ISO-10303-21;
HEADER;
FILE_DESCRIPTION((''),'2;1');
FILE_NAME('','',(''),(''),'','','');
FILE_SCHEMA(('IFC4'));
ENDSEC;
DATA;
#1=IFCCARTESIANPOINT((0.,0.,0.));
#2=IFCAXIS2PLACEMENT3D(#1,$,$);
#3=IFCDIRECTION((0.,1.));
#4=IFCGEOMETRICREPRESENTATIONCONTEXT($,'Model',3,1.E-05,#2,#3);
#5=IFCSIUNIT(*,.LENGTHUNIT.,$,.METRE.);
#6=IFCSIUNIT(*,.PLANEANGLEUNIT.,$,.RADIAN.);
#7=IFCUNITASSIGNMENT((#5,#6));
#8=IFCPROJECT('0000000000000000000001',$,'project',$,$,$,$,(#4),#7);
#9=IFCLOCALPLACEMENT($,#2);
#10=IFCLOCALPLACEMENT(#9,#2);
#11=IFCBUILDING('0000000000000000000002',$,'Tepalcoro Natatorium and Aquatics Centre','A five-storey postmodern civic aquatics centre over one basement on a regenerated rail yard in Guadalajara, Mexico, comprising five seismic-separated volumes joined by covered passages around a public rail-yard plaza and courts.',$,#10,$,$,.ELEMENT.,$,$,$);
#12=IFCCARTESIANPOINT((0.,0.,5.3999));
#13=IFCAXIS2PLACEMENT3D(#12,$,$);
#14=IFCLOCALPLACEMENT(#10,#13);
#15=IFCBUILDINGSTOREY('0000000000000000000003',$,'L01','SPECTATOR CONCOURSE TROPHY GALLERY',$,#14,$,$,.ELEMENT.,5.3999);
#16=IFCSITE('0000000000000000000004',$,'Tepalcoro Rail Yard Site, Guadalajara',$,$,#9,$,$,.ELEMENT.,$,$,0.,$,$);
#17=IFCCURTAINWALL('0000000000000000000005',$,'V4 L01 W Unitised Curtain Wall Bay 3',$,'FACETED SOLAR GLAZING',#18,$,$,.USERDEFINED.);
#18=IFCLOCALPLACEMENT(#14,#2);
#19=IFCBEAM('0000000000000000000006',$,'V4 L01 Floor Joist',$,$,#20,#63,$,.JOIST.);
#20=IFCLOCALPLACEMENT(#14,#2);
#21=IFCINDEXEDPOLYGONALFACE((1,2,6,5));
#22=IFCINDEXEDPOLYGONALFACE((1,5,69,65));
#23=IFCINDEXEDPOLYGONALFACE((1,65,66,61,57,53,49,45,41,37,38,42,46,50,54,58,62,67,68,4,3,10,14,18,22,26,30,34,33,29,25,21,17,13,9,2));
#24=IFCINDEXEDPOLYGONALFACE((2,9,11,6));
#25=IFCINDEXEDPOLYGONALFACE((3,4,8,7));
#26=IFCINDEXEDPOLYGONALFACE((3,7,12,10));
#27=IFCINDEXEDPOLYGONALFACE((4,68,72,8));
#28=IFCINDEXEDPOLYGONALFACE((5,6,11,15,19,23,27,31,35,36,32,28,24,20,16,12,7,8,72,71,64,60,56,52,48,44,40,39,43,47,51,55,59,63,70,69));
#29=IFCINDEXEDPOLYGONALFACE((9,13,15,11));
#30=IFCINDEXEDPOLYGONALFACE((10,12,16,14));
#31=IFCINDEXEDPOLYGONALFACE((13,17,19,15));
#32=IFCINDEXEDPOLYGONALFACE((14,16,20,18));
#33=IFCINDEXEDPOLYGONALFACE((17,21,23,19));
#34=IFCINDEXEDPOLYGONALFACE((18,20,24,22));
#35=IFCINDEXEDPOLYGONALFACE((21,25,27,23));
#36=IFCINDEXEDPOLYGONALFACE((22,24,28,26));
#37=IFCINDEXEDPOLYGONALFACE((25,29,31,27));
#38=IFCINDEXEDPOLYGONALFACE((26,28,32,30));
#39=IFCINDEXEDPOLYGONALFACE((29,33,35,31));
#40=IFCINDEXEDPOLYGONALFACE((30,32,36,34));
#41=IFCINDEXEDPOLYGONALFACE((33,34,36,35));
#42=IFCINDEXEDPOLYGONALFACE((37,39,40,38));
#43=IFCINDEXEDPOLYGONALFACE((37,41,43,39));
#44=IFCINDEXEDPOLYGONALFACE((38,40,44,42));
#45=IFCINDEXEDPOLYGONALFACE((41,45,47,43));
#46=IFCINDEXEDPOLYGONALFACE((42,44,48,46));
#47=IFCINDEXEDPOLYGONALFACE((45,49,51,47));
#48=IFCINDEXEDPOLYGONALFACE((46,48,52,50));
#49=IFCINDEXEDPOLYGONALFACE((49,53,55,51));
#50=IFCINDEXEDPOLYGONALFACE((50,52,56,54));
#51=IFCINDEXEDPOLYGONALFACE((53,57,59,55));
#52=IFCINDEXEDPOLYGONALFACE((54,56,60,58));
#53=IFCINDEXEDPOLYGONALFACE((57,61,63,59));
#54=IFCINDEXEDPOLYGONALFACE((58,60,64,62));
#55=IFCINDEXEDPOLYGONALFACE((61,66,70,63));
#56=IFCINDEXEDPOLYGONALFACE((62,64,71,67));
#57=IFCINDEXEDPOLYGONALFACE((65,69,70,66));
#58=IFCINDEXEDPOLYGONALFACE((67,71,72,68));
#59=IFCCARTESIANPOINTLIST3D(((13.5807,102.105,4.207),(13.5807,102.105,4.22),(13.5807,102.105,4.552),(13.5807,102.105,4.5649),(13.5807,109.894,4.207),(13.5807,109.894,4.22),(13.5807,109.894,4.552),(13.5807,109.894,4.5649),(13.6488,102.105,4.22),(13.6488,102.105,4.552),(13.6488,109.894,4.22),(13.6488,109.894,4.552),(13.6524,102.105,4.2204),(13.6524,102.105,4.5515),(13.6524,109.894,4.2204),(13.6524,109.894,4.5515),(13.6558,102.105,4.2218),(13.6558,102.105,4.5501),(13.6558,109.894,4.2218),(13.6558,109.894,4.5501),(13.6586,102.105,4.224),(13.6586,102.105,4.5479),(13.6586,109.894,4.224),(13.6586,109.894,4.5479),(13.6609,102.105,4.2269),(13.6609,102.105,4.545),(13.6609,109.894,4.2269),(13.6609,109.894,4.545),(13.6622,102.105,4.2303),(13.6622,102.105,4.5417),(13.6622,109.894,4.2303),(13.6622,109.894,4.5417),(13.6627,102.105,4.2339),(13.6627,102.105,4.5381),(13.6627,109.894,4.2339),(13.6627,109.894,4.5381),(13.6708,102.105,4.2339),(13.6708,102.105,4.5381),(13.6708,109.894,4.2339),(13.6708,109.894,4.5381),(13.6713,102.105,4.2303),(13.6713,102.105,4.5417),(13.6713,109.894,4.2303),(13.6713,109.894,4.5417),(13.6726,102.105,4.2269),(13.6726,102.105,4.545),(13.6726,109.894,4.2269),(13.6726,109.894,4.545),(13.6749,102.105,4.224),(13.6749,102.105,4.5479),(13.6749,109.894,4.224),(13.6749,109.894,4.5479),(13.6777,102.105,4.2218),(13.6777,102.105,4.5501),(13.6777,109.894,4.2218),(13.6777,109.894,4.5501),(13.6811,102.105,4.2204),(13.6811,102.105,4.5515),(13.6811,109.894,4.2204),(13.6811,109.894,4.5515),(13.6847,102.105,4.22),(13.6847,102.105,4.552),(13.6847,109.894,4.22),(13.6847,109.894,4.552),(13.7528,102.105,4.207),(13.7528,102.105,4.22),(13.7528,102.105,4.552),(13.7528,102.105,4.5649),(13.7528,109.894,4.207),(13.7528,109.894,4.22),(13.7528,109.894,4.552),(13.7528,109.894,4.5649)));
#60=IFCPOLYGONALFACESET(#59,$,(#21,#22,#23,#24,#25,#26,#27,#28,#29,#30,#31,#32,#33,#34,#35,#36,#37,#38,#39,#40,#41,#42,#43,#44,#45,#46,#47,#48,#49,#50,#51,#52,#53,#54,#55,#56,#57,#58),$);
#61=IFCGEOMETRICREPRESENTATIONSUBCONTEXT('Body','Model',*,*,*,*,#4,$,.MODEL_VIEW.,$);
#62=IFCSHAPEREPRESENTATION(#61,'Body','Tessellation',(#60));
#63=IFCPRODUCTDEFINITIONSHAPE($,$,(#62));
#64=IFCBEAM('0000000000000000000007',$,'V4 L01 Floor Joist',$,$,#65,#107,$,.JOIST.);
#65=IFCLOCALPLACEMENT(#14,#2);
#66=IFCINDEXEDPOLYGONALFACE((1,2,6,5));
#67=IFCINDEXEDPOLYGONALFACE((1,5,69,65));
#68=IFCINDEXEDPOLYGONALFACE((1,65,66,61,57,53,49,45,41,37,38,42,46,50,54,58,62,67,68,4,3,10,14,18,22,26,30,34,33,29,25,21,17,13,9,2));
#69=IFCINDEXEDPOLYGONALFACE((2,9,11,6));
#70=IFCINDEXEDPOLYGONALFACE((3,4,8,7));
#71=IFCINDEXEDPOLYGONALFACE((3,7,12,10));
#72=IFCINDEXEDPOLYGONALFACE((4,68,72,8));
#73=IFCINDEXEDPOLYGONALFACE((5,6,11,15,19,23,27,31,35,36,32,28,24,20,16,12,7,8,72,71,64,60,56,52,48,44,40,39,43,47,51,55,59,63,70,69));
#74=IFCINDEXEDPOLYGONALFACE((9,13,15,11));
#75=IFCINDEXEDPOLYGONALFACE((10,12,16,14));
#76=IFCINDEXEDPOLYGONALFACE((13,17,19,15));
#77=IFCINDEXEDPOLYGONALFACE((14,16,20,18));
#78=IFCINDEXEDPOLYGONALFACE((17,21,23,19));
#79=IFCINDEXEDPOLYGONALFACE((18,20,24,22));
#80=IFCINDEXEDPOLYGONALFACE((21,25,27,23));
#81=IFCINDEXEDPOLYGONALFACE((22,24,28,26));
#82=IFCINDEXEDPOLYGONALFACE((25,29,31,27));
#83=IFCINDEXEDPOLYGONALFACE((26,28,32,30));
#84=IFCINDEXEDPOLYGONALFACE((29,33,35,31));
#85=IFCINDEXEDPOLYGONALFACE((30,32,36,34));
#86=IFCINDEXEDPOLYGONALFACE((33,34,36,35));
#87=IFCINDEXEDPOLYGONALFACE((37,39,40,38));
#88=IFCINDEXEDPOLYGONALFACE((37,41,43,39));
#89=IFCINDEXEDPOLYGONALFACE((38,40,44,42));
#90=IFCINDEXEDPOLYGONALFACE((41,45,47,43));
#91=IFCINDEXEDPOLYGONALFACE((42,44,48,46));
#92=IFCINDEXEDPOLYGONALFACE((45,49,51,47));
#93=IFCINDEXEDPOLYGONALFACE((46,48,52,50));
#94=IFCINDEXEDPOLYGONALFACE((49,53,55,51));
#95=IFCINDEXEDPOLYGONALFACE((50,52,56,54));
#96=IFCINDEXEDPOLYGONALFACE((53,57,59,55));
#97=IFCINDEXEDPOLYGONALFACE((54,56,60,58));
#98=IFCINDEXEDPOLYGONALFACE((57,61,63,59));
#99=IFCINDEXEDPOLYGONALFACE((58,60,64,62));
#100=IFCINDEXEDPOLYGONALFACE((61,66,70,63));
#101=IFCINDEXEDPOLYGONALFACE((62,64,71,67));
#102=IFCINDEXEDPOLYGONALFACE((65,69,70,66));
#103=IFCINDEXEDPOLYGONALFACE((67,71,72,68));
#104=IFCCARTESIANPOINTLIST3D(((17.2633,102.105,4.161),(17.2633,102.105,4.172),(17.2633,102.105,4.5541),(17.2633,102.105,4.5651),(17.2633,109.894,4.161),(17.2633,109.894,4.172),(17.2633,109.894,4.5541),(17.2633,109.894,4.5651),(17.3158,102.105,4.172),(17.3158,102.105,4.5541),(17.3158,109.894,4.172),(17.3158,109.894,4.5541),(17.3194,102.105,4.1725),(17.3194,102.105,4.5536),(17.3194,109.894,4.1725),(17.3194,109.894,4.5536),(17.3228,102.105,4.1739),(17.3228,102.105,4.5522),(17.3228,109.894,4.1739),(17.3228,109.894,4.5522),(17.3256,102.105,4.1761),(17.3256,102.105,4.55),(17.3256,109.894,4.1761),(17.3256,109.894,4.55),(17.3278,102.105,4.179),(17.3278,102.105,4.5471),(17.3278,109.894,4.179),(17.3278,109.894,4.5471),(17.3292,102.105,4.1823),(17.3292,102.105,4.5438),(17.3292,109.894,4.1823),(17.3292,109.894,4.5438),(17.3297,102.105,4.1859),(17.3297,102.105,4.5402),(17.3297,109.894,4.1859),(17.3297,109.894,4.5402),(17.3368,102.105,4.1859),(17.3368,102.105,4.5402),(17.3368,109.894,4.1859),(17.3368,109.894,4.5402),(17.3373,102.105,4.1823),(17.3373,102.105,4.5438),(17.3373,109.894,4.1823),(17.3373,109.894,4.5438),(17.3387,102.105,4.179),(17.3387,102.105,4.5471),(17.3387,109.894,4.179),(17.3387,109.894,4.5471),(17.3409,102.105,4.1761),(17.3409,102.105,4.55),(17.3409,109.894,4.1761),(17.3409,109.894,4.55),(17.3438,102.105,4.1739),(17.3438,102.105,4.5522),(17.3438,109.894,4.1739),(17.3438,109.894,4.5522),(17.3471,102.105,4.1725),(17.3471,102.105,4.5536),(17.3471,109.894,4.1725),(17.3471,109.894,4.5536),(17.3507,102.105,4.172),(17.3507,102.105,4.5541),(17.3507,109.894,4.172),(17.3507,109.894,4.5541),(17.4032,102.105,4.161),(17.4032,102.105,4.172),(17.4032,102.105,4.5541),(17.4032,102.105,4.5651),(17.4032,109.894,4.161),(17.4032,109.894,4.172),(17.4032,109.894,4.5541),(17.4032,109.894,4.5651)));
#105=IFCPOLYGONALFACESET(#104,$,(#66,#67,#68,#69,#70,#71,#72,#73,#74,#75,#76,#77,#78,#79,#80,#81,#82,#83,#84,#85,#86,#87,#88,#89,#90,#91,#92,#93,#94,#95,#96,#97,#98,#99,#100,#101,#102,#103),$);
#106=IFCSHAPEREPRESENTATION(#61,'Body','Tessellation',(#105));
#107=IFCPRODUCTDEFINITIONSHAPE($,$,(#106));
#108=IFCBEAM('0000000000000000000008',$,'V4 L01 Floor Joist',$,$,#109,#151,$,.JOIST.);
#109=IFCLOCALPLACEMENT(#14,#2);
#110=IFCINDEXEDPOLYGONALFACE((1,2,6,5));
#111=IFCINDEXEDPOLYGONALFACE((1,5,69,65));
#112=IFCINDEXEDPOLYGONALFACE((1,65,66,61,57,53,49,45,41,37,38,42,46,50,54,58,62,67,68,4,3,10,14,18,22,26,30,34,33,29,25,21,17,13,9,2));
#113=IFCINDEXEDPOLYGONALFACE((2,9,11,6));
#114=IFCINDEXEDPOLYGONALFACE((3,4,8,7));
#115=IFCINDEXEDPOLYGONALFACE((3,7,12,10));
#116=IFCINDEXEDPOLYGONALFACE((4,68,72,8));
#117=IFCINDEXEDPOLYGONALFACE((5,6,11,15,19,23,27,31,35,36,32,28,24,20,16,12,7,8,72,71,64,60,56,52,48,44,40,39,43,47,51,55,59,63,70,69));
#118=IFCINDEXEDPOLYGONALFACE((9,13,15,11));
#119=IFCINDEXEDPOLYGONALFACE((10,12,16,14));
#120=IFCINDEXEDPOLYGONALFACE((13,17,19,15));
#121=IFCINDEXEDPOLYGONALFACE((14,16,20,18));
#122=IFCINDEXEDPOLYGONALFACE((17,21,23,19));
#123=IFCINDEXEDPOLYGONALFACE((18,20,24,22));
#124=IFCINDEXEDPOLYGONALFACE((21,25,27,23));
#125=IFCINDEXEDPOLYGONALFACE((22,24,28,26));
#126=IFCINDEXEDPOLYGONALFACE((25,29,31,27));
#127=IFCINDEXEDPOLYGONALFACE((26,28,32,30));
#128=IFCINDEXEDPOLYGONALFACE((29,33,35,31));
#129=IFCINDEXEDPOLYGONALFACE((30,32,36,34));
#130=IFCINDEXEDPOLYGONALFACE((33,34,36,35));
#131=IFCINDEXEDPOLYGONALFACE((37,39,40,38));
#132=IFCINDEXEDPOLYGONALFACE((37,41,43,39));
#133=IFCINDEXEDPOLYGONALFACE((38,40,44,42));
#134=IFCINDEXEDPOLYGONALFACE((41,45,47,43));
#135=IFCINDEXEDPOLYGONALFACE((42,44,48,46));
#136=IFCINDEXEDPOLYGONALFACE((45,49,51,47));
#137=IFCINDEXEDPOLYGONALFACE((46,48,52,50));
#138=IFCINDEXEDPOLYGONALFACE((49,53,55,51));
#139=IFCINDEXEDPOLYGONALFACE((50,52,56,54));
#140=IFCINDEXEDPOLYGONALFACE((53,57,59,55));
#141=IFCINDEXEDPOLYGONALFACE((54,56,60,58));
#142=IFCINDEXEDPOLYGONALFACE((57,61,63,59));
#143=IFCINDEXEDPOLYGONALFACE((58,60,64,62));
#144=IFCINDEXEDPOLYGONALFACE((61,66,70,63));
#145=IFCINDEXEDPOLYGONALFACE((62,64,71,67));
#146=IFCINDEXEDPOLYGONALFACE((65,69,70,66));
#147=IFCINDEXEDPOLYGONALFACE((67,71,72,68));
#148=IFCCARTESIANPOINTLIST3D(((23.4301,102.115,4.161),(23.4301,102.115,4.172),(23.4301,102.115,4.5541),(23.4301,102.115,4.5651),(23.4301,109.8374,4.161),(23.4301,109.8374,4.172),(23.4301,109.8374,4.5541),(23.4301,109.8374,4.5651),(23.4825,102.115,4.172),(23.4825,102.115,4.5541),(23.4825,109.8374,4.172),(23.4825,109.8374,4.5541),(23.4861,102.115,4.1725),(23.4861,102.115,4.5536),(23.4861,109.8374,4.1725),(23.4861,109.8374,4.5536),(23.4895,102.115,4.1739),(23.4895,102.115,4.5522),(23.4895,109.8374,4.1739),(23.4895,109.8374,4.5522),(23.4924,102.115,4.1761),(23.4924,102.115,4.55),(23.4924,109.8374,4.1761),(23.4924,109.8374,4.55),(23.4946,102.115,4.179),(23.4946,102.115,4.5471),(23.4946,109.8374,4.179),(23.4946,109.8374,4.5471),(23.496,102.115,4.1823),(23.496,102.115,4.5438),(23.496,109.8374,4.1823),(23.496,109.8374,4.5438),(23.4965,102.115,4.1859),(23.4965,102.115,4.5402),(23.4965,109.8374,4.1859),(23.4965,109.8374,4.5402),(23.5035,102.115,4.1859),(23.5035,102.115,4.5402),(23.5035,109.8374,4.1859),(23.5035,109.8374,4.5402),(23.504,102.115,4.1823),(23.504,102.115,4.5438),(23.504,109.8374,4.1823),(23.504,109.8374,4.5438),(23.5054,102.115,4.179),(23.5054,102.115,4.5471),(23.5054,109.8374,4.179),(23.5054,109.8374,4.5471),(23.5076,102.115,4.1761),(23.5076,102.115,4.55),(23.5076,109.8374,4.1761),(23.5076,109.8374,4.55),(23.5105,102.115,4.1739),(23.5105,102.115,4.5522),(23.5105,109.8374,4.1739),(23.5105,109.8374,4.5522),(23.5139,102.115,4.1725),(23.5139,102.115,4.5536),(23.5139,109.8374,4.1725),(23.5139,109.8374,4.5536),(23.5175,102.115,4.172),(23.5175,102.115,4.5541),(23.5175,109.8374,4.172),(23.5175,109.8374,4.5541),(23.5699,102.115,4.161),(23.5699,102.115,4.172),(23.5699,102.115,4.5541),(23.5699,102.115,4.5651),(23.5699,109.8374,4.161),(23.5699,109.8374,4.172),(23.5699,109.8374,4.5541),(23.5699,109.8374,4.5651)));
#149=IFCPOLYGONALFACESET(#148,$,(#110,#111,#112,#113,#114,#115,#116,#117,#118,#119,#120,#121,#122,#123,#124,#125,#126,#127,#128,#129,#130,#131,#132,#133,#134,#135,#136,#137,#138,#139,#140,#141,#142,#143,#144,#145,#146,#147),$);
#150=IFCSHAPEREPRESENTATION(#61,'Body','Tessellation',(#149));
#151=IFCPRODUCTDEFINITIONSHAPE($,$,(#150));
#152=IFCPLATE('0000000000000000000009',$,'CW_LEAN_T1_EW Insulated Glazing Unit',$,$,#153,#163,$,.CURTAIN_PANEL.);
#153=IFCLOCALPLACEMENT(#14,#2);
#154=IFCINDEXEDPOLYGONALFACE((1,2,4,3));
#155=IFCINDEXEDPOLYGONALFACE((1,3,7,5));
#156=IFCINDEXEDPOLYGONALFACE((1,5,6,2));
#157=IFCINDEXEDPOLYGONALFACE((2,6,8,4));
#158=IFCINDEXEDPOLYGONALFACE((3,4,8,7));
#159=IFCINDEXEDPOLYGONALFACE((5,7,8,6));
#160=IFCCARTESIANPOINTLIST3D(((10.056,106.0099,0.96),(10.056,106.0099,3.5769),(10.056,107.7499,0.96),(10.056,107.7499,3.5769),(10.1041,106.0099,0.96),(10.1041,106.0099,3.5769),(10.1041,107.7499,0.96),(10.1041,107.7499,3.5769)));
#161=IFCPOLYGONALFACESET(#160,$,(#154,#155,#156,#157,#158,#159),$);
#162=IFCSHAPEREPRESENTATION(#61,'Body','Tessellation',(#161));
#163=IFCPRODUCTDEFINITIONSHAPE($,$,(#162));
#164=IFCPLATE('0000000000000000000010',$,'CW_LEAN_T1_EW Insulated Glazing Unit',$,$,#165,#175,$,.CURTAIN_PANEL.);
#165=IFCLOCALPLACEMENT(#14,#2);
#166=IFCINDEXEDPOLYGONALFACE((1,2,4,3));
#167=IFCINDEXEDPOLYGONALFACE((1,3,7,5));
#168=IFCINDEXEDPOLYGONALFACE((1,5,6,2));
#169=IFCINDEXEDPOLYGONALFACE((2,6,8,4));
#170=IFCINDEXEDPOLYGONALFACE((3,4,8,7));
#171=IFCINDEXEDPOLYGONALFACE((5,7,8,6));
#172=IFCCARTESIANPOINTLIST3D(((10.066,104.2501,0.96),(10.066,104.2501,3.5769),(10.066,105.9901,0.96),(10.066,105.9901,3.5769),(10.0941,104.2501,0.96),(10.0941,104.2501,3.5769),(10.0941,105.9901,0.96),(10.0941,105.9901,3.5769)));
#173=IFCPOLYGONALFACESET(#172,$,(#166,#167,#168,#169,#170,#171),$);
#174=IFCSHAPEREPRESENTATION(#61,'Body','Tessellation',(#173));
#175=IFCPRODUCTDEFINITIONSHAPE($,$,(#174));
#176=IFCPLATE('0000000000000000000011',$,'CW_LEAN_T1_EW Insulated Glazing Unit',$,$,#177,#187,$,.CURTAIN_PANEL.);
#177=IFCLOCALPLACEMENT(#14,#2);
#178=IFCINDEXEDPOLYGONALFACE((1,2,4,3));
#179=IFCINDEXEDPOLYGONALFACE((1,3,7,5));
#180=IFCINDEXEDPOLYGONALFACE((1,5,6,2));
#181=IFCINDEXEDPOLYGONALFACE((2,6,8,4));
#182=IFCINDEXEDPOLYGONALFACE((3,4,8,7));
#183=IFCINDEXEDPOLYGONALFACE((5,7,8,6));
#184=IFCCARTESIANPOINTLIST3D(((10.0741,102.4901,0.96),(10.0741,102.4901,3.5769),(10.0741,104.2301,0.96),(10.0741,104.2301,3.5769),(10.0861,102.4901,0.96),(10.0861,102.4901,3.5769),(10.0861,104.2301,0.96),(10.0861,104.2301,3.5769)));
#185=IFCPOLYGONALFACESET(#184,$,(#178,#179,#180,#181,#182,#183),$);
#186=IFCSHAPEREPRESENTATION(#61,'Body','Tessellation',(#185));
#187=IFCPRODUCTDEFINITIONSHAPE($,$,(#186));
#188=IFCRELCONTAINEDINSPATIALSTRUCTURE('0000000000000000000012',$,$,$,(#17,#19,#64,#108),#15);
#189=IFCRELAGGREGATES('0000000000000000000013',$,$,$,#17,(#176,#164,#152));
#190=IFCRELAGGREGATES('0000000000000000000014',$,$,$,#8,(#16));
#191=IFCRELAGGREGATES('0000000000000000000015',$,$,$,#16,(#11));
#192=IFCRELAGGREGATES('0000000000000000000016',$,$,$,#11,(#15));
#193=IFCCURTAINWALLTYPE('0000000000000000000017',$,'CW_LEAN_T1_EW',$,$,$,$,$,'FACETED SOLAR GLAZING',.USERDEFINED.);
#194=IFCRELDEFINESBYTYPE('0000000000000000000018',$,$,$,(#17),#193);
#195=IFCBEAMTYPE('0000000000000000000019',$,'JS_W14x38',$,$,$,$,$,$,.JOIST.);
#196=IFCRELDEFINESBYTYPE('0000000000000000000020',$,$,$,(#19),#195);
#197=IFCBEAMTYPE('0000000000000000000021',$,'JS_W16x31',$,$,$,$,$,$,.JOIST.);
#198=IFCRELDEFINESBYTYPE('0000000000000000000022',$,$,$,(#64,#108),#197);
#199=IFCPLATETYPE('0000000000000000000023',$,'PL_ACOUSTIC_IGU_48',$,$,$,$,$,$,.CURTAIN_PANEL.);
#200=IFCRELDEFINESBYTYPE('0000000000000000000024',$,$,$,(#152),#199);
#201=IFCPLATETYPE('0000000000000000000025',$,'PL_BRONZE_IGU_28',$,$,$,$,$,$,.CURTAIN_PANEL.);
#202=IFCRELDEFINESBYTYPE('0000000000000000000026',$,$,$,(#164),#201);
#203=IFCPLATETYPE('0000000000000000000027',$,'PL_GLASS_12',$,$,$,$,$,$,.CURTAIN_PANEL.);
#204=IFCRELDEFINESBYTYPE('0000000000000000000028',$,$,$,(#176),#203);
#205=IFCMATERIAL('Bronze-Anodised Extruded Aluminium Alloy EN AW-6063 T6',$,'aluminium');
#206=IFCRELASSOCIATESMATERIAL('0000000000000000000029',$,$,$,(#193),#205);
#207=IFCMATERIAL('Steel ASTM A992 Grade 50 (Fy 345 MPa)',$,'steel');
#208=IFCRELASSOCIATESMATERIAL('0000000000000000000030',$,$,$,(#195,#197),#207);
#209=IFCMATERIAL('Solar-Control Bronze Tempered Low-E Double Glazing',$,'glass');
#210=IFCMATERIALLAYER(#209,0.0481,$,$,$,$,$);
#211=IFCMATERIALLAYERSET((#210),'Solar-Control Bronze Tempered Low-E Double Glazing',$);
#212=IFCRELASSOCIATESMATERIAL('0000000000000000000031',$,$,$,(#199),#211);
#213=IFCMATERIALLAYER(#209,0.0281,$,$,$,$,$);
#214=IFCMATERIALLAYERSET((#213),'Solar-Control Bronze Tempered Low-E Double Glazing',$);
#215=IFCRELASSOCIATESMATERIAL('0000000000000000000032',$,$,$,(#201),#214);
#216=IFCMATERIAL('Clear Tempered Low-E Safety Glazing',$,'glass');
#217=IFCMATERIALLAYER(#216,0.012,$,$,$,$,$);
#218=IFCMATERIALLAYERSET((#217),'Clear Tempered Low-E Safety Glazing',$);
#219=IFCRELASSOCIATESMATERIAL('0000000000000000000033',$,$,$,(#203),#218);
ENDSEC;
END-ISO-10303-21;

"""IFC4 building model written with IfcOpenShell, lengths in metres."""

from ifc_helpers import new_model, si_unit, direction, frame, origin, origin_2d, place, context, subcontext, project, spatial, rectangle, i_section, extrude, material, layer, layer_set, material_profile, profile_set, type_object, element, aggregate, save


model = new_model("IFC4")

# Units and contexts
model_context = context("Model", 3, precision=1e-05, world=origin(), true_north=direction((0.0, 1.0)))
body_context = subcontext(model_context, "Body", "Model", "MODEL_VIEW")
ifc_project = project(units=[si_unit("LENGTHUNIT", "METRE"), si_unit("PLANEANGLEUNIT", "RADIAN")], contexts=[model_context])

# Site, building, storey
site_placement = place(None, origin())
site = spatial("IfcSite", under=ifc_project, at=site_placement, Name="Tepalcoro Rail Yard Site, Guadalajara", CompositionType="ELEMENT", RefElevation=0.0)
building_placement = place(site_placement, origin())
building = spatial("IfcBuilding", under=site, at=building_placement, Name="Tepalcoro Natatorium and Aquatics Centre", Description="A five-storey postmodern civic aquatics centre over one basement on a regenerated rail yard in Guadalajara, Mexico, comprising five seismic-separated volumes joined by covered passages around a public rail-yard plaza and courts.", CompositionType="ELEMENT")
storey_placement = place(building_placement, frame((0.0, 0.0, 5.3999)))
storey = spatial("IfcBuildingStorey", under=building, at=storey_placement, Name="L01", Description="SPECTATOR CONCOURSE TROPHY GALLERY", CompositionType="ELEMENT", Elevation=5.3999)

# Shared definitions
ifc_material_1 = material(Name="Steel ASTM A992 Grade 50 (Fy 345 MPa)", Category="steel")

# Curtain wall
ifc_material_2 = material(Name="Bronze-Anodised Extruded Aluminium Alloy EN AW-6063 T6", Category="aluminium")
curtain_wall_type = type_object("IfcCurtainWallType", Name="CW_LEAN_T1_EW", ElementType="FACETED SOLAR GLAZING", PredefinedType="USERDEFINED", material=ifc_material_2)
curtain_wall_placement = place(storey_placement, origin())
curtain_wall = element("IfcCurtainWall", 1, at=curtain_wall_placement, inside=storey, type_object=curtain_wall_type, Name="V4 L01 W Unitised Curtain Wall Bay 3", ObjectType="FACETED SOLAR GLAZING", PredefinedType="USERDEFINED")

# Beams
ifc_material_profile_1 = material_profile(ifc_material_1, i_section(OverallWidth=0.1721, OverallDepth=0.3579, WebThickness=0.0081, FlangeThickness=0.0129, FilletRadius=0.0139, at=origin_2d()), Name="W14X38")
ifc_profile_set_1 = profile_set([ifc_material_profile_1], Name="Steel ASTM A992 Grade 50 (Fy 345 MPa)")
beam_type_1 = type_object("IfcBeamType", Name="JS_W14x38", PredefinedType="JOIST", material=ifc_profile_set_1)
beam_1_placement = place(storey_placement, frame((13.6667, 102.105, 4.386), z_axis=(0.0, 1.0, 0.0), x_axis=(-1.0, 0.0, 0.0)))
element("IfcBeam", 2, at=beam_1_placement, inside=storey, type_object=beam_type_1, Name="V4 L01 Floor Joist", PredefinedType="JOIST", context=body_context, shape_type="SweptSolid", body=[
    extrude(i_section(OverallWidth=0.1721, OverallDepth=0.3579, WebThickness=0.0081, FlangeThickness=0.0129, FilletRadius=0.0139, at=origin_2d()), origin(), (0.0, 0.0, 1.0), 7.7891),
])
ifc_material_profile_2 = material_profile(ifc_material_1, i_section(OverallWidth=0.1399, OverallDepth=0.4041, WebThickness=0.0071, FlangeThickness=0.011, FilletRadius=0.0139, at=origin_2d()), Name="W16X31")
ifc_profile_set_2 = profile_set([ifc_material_profile_2], Name="Steel ASTM A992 Grade 50 (Fy 345 MPa)")
beam_type_2 = type_object("IfcBeamType", Name="JS_W16x31", PredefinedType="JOIST", material=ifc_profile_set_2)
beam_2_placement = place(storey_placement, frame((17.3333, 102.105, 4.363), z_axis=(0.0, 1.0, 0.0), x_axis=(-1.0, 0.0, 0.0)))
element("IfcBeam", 3, at=beam_2_placement, inside=storey, type_object=beam_type_2, Name="V4 L01 Floor Joist", PredefinedType="JOIST", context=body_context, shape_type="SweptSolid", body=[
    extrude(i_section(OverallWidth=0.1399, OverallDepth=0.4041, WebThickness=0.0071, FlangeThickness=0.011, FilletRadius=0.0139, at=origin_2d()), origin(), (0.0, 0.0, 1.0), 7.7891),
])
beam_3_placement = place(storey_placement, frame((23.5, 102.115, 4.363), z_axis=(0.0, 1.0, 0.0), x_axis=(-1.0, 0.0, 0.0)))
element("IfcBeam", 4, at=beam_3_placement, inside=storey, type_object=beam_type_2, Name="V4 L01 Floor Joist", PredefinedType="JOIST", context=body_context, shape_type="SweptSolid", body=[
    extrude(i_section(OverallWidth=0.1399, OverallDepth=0.4041, WebThickness=0.0071, FlangeThickness=0.011, FilletRadius=0.0139, at=origin_2d()), origin(), (0.0, 0.0, 1.0), 7.7224),
])

# Plates
ifc_material_3 = material(Name="Solar-Control Bronze Tempered Low-E Double Glazing", Category="glass")
ifc_layer_1 = layer(ifc_material_3, 0.0481)
ifc_layer_set_1 = layer_set([ifc_layer_1], Name="Solar-Control Bronze Tempered Low-E Double Glazing")
plate_type_1 = type_object("IfcPlateType", Name="PL_ACOUSTIC_IGU_48", PredefinedType="CURTAIN_PANEL", material=ifc_layer_set_1)
plate_1_placement = place(storey_placement, frame((10.0801, 106.8799, 0.96), z_axis=(0.0, 0.0, 1.0), x_axis=(1.0, 0.0, 0.0)))
plate_1 = element("IfcPlate", 5, at=plate_1_placement, type_object=plate_type_1, Name="CW_LEAN_T1_EW Insulated Glazing Unit", PredefinedType="CURTAIN_PANEL", context=body_context, shape_type="SweptSolid", body=[
    extrude(rectangle(XDim=0.0481, YDim=1.74, at=origin_2d()), origin(), (0.0, 0.0, 1.0), 2.6169),
])
ifc_layer_2 = layer(ifc_material_3, 0.0281)
ifc_layer_set_2 = layer_set([ifc_layer_2], Name="Solar-Control Bronze Tempered Low-E Double Glazing")
plate_type_2 = type_object("IfcPlateType", Name="PL_BRONZE_IGU_28", PredefinedType="CURTAIN_PANEL", material=ifc_layer_set_2)
plate_2_placement = place(storey_placement, frame((10.0801, 105.1201, 0.96), z_axis=(0.0, 0.0, 1.0), x_axis=(1.0, 0.0, 0.0)))
plate_2 = element("IfcPlate", 6, at=plate_2_placement, type_object=plate_type_2, Name="CW_LEAN_T1_EW Insulated Glazing Unit", PredefinedType="CURTAIN_PANEL", context=body_context, shape_type="SweptSolid", body=[
    extrude(rectangle(XDim=0.0281, YDim=1.74, at=origin_2d()), origin(), (0.0, 0.0, 1.0), 2.6169),
])
ifc_material_4 = material(Name="Clear Tempered Low-E Safety Glazing", Category="glass")
ifc_layer_3 = layer(ifc_material_4, 0.012)
ifc_layer_set_3 = layer_set([ifc_layer_3], Name="Clear Tempered Low-E Safety Glazing")
plate_type_3 = type_object("IfcPlateType", Name="PL_GLASS_12", PredefinedType="CURTAIN_PANEL", material=ifc_layer_set_3)
plate_3_placement = place(storey_placement, frame((10.0801, 103.3601, 0.96), z_axis=(0.0, 0.0, 1.0), x_axis=(1.0, 0.0, 0.0)))
plate_3 = element("IfcPlate", 7, at=plate_3_placement, type_object=plate_type_3, Name="CW_LEAN_T1_EW Insulated Glazing Unit", PredefinedType="CURTAIN_PANEL", context=body_context, shape_type="SweptSolid", body=[
    extrude(rectangle(XDim=0.012, YDim=1.74, at=origin_2d()), origin(), (0.0, 0.0, 1.0), 2.6169),
])
aggregate(curtain_wall, [plate_3, plate_2, plate_1])

save(model, "model.ifc")
